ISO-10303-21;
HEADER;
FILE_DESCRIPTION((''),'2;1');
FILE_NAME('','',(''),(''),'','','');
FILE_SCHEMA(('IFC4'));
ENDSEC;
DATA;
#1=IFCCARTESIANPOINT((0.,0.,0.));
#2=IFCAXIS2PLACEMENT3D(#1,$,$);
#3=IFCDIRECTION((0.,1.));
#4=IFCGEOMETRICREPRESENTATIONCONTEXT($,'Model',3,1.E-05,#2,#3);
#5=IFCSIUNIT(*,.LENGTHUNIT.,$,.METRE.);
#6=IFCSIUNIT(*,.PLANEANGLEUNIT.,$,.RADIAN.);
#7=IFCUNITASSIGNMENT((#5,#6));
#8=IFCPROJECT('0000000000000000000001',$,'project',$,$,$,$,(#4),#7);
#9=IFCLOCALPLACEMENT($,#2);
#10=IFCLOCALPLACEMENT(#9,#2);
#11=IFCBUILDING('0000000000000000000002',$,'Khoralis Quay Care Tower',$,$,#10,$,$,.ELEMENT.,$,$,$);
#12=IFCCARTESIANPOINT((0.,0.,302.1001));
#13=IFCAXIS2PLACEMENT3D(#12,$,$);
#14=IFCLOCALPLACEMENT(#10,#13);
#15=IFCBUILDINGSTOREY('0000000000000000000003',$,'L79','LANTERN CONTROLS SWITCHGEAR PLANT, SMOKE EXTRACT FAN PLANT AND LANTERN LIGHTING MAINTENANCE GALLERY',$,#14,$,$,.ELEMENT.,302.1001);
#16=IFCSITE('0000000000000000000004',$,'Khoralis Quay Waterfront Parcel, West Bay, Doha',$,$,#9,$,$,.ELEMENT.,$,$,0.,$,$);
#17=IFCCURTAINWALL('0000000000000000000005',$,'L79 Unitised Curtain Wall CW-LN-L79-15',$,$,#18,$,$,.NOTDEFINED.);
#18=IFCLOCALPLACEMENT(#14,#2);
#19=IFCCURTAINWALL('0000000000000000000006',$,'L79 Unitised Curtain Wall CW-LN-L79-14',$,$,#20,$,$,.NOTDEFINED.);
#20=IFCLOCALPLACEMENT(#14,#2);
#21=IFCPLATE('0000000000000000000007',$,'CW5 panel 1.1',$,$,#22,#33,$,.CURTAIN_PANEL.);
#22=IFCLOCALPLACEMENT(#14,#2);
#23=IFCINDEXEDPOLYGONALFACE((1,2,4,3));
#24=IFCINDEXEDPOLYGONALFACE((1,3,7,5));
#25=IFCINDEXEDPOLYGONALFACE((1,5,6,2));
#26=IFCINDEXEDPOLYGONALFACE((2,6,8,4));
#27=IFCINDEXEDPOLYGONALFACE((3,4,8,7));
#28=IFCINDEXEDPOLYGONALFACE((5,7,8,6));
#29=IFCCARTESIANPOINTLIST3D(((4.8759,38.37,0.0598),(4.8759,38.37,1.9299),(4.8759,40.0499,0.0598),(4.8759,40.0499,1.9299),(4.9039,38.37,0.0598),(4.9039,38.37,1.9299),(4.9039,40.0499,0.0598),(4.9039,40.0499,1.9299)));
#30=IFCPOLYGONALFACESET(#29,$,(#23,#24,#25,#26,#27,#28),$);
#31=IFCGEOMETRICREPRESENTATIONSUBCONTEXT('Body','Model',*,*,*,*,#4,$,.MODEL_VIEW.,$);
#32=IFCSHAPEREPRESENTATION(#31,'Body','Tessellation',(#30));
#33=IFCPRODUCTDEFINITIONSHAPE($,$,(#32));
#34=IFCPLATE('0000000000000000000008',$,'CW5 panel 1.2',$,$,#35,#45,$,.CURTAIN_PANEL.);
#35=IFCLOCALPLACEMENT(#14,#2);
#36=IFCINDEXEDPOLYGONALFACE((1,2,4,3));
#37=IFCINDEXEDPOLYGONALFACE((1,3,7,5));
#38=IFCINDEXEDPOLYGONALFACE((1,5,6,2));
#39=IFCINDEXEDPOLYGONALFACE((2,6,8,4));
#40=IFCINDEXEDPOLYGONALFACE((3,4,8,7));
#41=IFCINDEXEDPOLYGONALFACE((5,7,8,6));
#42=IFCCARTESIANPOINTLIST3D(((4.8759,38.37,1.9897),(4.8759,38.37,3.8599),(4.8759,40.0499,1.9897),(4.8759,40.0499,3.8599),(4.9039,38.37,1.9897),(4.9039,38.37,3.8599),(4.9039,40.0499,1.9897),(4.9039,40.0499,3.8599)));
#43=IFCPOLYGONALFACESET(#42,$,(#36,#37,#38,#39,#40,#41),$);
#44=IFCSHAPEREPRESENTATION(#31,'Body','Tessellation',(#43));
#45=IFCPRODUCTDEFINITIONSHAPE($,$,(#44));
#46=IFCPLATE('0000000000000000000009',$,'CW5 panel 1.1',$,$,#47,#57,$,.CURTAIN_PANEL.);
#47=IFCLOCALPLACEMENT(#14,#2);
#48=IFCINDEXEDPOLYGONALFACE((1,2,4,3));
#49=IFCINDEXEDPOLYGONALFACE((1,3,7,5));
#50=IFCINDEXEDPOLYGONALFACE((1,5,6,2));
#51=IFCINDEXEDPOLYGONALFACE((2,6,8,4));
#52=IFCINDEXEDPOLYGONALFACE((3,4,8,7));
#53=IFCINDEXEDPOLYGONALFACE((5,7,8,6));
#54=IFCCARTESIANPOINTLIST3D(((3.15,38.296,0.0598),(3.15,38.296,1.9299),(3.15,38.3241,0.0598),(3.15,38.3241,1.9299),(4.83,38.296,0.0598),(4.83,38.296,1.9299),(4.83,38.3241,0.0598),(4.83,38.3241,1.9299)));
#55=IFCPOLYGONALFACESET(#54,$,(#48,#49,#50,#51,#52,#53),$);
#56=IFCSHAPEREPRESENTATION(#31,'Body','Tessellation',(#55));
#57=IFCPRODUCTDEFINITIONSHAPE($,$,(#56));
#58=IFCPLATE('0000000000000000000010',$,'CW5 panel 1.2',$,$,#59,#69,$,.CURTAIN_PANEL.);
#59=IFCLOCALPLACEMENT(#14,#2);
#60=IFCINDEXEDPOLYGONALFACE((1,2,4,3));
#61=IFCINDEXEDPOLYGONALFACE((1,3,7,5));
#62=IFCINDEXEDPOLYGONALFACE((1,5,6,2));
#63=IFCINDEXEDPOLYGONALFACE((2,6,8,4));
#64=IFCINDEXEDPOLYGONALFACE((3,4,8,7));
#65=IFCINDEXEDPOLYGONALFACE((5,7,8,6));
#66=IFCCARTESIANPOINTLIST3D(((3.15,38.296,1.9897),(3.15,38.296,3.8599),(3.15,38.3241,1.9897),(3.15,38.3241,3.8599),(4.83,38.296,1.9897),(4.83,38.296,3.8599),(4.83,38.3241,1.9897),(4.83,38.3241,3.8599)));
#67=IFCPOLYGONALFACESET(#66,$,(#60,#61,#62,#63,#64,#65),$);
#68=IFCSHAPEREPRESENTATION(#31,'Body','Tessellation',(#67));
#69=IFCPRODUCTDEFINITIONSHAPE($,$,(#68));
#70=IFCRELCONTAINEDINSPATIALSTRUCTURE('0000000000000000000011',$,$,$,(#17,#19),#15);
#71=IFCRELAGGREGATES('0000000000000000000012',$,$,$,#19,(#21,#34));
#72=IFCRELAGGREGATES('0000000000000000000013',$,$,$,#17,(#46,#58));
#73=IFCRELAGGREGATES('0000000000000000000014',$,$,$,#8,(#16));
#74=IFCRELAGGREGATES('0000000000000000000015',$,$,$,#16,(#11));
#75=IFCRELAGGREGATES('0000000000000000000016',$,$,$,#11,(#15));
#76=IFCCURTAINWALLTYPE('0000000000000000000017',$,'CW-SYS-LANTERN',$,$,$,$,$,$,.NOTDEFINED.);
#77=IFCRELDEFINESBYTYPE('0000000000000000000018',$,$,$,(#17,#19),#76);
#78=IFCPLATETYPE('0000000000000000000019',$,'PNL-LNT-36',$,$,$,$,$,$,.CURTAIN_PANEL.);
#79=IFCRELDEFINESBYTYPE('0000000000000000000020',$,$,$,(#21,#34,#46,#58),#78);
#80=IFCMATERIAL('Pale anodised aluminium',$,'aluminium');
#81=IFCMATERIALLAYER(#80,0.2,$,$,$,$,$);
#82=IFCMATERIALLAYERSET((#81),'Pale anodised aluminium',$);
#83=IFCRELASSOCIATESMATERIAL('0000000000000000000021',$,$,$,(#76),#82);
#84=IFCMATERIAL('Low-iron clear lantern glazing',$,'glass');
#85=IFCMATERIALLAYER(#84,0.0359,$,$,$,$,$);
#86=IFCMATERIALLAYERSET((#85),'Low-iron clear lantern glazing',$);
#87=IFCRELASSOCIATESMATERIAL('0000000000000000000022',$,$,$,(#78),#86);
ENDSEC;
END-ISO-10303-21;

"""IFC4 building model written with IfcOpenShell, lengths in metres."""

from ifc_helpers import new_model, si_unit, direction, frame, origin, origin_2d, place, context, subcontext, project, spatial, rectangle, extrude, source, transform, mapped, material, layer, layer_set, type_object, element, aggregate, save


model = new_model("IFC4")

# Units and contexts
model_context = context("Model", 3, precision=1e-05, world=origin(), true_north=direction((0.0, 1.0)))
body_context = subcontext(model_context, "Body", "Model", "MODEL_VIEW")
ifc_project = project(units=[si_unit("LENGTHUNIT", "METRE"), si_unit("PLANEANGLEUNIT", "RADIAN")], contexts=[model_context])

# Site, building, storey
site_placement = place(None, origin())
site = spatial("IfcSite", under=ifc_project, at=site_placement, Name="Khoralis Quay Waterfront Parcel, West Bay, Doha", CompositionType="ELEMENT", RefElevation=0.0)
building_placement = place(site_placement, origin())
building = spatial("IfcBuilding", under=site, at=building_placement, Name="Khoralis Quay Care Tower", CompositionType="ELEMENT")
storey_placement = place(building_placement, frame((0.0, 0.0, 302.1001)))
storey = spatial("IfcBuildingStorey", under=building, at=storey_placement, Name="L79", Description="LANTERN CONTROLS SWITCHGEAR PLANT, SMOKE EXTRACT FAN PLANT AND LANTERN LIGHTING MAINTENANCE GALLERY", CompositionType="ELEMENT", Elevation=302.1001)

# Curtain walls
ifc_material_1 = material(Name="Pale anodised aluminium", Category="aluminium")
ifc_layer_1 = layer(ifc_material_1, 0.2)
ifc_layer_set_1 = layer_set([ifc_layer_1], Name="Pale anodised aluminium")
curtain_wall_type = type_object("IfcCurtainWallType", Name="CW-SYS-LANTERN", PredefinedType="NOTDEFINED", material=ifc_layer_set_1)
curtain_wall_1_placement = place(storey_placement, origin())
curtain_wall_1 = element("IfcCurtainWall", 1, at=curtain_wall_1_placement, inside=storey, type_object=curtain_wall_type, Name="L79 Unitised Curtain Wall CW-LN-L79-15", PredefinedType="NOTDEFINED")
curtain_wall_2_placement = place(storey_placement, origin())
curtain_wall_2 = element("IfcCurtainWall", 2, at=curtain_wall_2_placement, inside=storey, type_object=curtain_wall_type, Name="L79 Unitised Curtain Wall CW-LN-L79-14", PredefinedType="NOTDEFINED")

# Plates
ifc_material_2 = material(Name="Low-iron clear lantern glazing", Category="glass")
ifc_layer_2 = layer(ifc_material_2, 0.0359)
ifc_layer_set_2 = layer_set([ifc_layer_2], Name="Low-iron clear lantern glazing")
plate_type = type_object("IfcPlateType", Name="PNL-LNT-36", PredefinedType="CURTAIN_PANEL", material=ifc_layer_set_2)
shared_shape_1 = source(origin(), body_context, "Body", "SweptSolid", [
    extrude(rectangle(XDim=1.6799, YDim=0.0281, at=origin_2d()), origin(), (0.0, 0.0, 1.0), 1.8701),
])
plate_1_placement = place(storey_placement, frame((4.8899, 39.21, 0.0598), z_axis=(0.0, 0.0, 1.0), x_axis=(0.0, -1.0, 0.0)))
plate_1 = element("IfcPlate", 3, at=plate_1_placement, type_object=plate_type, Name="CW5 panel 1.1", PredefinedType="CURTAIN_PANEL", context=body_context, shape_type="MappedRepresentation", body=[
    mapped(shared_shape_1, transform((0.0, 0.0, 0.0), scale=1.0)),
])
plate_2_placement = place(storey_placement, frame((4.8899, 39.21, 1.9897), z_axis=(0.0, 0.0, 1.0), x_axis=(0.0, -1.0, 0.0)))
plate_2 = element("IfcPlate", 4, at=plate_2_placement, type_object=plate_type, Name="CW5 panel 1.2", PredefinedType="CURTAIN_PANEL", context=body_context, shape_type="MappedRepresentation", body=[
    mapped(shared_shape_1, transform((0.0, 0.0, 0.0), scale=1.0)),
])
aggregate(curtain_wall_2, [plate_1, plate_2])
plate_3_placement = place(storey_placement, frame((3.99, 38.3101, 0.0598), z_axis=(0.0, 0.0, 1.0), x_axis=(-1.0, 0.0, 0.0)))
plate_3 = element("IfcPlate", 5, at=plate_3_placement, type_object=plate_type, Name="CW5 panel 1.1", PredefinedType="CURTAIN_PANEL", context=body_context, shape_type="MappedRepresentation", body=[
    mapped(shared_shape_1, transform((0.0, 0.0, 0.0), scale=1.0)),
])
plate_4_placement = place(storey_placement, frame((3.99, 38.3101, 1.9897), z_axis=(0.0, 0.0, 1.0), x_axis=(-1.0, 0.0, 0.0)))
plate_4 = element("IfcPlate", 6, at=plate_4_placement, type_object=plate_type, Name="CW5 panel 1.2", PredefinedType="CURTAIN_PANEL", context=body_context, shape_type="MappedRepresentation", body=[
    mapped(shared_shape_1, transform((0.0, 0.0, 0.0), scale=1.0)),
])
aggregate(curtain_wall_1, [plate_3, plate_4])

save(model, "model.ifc")
